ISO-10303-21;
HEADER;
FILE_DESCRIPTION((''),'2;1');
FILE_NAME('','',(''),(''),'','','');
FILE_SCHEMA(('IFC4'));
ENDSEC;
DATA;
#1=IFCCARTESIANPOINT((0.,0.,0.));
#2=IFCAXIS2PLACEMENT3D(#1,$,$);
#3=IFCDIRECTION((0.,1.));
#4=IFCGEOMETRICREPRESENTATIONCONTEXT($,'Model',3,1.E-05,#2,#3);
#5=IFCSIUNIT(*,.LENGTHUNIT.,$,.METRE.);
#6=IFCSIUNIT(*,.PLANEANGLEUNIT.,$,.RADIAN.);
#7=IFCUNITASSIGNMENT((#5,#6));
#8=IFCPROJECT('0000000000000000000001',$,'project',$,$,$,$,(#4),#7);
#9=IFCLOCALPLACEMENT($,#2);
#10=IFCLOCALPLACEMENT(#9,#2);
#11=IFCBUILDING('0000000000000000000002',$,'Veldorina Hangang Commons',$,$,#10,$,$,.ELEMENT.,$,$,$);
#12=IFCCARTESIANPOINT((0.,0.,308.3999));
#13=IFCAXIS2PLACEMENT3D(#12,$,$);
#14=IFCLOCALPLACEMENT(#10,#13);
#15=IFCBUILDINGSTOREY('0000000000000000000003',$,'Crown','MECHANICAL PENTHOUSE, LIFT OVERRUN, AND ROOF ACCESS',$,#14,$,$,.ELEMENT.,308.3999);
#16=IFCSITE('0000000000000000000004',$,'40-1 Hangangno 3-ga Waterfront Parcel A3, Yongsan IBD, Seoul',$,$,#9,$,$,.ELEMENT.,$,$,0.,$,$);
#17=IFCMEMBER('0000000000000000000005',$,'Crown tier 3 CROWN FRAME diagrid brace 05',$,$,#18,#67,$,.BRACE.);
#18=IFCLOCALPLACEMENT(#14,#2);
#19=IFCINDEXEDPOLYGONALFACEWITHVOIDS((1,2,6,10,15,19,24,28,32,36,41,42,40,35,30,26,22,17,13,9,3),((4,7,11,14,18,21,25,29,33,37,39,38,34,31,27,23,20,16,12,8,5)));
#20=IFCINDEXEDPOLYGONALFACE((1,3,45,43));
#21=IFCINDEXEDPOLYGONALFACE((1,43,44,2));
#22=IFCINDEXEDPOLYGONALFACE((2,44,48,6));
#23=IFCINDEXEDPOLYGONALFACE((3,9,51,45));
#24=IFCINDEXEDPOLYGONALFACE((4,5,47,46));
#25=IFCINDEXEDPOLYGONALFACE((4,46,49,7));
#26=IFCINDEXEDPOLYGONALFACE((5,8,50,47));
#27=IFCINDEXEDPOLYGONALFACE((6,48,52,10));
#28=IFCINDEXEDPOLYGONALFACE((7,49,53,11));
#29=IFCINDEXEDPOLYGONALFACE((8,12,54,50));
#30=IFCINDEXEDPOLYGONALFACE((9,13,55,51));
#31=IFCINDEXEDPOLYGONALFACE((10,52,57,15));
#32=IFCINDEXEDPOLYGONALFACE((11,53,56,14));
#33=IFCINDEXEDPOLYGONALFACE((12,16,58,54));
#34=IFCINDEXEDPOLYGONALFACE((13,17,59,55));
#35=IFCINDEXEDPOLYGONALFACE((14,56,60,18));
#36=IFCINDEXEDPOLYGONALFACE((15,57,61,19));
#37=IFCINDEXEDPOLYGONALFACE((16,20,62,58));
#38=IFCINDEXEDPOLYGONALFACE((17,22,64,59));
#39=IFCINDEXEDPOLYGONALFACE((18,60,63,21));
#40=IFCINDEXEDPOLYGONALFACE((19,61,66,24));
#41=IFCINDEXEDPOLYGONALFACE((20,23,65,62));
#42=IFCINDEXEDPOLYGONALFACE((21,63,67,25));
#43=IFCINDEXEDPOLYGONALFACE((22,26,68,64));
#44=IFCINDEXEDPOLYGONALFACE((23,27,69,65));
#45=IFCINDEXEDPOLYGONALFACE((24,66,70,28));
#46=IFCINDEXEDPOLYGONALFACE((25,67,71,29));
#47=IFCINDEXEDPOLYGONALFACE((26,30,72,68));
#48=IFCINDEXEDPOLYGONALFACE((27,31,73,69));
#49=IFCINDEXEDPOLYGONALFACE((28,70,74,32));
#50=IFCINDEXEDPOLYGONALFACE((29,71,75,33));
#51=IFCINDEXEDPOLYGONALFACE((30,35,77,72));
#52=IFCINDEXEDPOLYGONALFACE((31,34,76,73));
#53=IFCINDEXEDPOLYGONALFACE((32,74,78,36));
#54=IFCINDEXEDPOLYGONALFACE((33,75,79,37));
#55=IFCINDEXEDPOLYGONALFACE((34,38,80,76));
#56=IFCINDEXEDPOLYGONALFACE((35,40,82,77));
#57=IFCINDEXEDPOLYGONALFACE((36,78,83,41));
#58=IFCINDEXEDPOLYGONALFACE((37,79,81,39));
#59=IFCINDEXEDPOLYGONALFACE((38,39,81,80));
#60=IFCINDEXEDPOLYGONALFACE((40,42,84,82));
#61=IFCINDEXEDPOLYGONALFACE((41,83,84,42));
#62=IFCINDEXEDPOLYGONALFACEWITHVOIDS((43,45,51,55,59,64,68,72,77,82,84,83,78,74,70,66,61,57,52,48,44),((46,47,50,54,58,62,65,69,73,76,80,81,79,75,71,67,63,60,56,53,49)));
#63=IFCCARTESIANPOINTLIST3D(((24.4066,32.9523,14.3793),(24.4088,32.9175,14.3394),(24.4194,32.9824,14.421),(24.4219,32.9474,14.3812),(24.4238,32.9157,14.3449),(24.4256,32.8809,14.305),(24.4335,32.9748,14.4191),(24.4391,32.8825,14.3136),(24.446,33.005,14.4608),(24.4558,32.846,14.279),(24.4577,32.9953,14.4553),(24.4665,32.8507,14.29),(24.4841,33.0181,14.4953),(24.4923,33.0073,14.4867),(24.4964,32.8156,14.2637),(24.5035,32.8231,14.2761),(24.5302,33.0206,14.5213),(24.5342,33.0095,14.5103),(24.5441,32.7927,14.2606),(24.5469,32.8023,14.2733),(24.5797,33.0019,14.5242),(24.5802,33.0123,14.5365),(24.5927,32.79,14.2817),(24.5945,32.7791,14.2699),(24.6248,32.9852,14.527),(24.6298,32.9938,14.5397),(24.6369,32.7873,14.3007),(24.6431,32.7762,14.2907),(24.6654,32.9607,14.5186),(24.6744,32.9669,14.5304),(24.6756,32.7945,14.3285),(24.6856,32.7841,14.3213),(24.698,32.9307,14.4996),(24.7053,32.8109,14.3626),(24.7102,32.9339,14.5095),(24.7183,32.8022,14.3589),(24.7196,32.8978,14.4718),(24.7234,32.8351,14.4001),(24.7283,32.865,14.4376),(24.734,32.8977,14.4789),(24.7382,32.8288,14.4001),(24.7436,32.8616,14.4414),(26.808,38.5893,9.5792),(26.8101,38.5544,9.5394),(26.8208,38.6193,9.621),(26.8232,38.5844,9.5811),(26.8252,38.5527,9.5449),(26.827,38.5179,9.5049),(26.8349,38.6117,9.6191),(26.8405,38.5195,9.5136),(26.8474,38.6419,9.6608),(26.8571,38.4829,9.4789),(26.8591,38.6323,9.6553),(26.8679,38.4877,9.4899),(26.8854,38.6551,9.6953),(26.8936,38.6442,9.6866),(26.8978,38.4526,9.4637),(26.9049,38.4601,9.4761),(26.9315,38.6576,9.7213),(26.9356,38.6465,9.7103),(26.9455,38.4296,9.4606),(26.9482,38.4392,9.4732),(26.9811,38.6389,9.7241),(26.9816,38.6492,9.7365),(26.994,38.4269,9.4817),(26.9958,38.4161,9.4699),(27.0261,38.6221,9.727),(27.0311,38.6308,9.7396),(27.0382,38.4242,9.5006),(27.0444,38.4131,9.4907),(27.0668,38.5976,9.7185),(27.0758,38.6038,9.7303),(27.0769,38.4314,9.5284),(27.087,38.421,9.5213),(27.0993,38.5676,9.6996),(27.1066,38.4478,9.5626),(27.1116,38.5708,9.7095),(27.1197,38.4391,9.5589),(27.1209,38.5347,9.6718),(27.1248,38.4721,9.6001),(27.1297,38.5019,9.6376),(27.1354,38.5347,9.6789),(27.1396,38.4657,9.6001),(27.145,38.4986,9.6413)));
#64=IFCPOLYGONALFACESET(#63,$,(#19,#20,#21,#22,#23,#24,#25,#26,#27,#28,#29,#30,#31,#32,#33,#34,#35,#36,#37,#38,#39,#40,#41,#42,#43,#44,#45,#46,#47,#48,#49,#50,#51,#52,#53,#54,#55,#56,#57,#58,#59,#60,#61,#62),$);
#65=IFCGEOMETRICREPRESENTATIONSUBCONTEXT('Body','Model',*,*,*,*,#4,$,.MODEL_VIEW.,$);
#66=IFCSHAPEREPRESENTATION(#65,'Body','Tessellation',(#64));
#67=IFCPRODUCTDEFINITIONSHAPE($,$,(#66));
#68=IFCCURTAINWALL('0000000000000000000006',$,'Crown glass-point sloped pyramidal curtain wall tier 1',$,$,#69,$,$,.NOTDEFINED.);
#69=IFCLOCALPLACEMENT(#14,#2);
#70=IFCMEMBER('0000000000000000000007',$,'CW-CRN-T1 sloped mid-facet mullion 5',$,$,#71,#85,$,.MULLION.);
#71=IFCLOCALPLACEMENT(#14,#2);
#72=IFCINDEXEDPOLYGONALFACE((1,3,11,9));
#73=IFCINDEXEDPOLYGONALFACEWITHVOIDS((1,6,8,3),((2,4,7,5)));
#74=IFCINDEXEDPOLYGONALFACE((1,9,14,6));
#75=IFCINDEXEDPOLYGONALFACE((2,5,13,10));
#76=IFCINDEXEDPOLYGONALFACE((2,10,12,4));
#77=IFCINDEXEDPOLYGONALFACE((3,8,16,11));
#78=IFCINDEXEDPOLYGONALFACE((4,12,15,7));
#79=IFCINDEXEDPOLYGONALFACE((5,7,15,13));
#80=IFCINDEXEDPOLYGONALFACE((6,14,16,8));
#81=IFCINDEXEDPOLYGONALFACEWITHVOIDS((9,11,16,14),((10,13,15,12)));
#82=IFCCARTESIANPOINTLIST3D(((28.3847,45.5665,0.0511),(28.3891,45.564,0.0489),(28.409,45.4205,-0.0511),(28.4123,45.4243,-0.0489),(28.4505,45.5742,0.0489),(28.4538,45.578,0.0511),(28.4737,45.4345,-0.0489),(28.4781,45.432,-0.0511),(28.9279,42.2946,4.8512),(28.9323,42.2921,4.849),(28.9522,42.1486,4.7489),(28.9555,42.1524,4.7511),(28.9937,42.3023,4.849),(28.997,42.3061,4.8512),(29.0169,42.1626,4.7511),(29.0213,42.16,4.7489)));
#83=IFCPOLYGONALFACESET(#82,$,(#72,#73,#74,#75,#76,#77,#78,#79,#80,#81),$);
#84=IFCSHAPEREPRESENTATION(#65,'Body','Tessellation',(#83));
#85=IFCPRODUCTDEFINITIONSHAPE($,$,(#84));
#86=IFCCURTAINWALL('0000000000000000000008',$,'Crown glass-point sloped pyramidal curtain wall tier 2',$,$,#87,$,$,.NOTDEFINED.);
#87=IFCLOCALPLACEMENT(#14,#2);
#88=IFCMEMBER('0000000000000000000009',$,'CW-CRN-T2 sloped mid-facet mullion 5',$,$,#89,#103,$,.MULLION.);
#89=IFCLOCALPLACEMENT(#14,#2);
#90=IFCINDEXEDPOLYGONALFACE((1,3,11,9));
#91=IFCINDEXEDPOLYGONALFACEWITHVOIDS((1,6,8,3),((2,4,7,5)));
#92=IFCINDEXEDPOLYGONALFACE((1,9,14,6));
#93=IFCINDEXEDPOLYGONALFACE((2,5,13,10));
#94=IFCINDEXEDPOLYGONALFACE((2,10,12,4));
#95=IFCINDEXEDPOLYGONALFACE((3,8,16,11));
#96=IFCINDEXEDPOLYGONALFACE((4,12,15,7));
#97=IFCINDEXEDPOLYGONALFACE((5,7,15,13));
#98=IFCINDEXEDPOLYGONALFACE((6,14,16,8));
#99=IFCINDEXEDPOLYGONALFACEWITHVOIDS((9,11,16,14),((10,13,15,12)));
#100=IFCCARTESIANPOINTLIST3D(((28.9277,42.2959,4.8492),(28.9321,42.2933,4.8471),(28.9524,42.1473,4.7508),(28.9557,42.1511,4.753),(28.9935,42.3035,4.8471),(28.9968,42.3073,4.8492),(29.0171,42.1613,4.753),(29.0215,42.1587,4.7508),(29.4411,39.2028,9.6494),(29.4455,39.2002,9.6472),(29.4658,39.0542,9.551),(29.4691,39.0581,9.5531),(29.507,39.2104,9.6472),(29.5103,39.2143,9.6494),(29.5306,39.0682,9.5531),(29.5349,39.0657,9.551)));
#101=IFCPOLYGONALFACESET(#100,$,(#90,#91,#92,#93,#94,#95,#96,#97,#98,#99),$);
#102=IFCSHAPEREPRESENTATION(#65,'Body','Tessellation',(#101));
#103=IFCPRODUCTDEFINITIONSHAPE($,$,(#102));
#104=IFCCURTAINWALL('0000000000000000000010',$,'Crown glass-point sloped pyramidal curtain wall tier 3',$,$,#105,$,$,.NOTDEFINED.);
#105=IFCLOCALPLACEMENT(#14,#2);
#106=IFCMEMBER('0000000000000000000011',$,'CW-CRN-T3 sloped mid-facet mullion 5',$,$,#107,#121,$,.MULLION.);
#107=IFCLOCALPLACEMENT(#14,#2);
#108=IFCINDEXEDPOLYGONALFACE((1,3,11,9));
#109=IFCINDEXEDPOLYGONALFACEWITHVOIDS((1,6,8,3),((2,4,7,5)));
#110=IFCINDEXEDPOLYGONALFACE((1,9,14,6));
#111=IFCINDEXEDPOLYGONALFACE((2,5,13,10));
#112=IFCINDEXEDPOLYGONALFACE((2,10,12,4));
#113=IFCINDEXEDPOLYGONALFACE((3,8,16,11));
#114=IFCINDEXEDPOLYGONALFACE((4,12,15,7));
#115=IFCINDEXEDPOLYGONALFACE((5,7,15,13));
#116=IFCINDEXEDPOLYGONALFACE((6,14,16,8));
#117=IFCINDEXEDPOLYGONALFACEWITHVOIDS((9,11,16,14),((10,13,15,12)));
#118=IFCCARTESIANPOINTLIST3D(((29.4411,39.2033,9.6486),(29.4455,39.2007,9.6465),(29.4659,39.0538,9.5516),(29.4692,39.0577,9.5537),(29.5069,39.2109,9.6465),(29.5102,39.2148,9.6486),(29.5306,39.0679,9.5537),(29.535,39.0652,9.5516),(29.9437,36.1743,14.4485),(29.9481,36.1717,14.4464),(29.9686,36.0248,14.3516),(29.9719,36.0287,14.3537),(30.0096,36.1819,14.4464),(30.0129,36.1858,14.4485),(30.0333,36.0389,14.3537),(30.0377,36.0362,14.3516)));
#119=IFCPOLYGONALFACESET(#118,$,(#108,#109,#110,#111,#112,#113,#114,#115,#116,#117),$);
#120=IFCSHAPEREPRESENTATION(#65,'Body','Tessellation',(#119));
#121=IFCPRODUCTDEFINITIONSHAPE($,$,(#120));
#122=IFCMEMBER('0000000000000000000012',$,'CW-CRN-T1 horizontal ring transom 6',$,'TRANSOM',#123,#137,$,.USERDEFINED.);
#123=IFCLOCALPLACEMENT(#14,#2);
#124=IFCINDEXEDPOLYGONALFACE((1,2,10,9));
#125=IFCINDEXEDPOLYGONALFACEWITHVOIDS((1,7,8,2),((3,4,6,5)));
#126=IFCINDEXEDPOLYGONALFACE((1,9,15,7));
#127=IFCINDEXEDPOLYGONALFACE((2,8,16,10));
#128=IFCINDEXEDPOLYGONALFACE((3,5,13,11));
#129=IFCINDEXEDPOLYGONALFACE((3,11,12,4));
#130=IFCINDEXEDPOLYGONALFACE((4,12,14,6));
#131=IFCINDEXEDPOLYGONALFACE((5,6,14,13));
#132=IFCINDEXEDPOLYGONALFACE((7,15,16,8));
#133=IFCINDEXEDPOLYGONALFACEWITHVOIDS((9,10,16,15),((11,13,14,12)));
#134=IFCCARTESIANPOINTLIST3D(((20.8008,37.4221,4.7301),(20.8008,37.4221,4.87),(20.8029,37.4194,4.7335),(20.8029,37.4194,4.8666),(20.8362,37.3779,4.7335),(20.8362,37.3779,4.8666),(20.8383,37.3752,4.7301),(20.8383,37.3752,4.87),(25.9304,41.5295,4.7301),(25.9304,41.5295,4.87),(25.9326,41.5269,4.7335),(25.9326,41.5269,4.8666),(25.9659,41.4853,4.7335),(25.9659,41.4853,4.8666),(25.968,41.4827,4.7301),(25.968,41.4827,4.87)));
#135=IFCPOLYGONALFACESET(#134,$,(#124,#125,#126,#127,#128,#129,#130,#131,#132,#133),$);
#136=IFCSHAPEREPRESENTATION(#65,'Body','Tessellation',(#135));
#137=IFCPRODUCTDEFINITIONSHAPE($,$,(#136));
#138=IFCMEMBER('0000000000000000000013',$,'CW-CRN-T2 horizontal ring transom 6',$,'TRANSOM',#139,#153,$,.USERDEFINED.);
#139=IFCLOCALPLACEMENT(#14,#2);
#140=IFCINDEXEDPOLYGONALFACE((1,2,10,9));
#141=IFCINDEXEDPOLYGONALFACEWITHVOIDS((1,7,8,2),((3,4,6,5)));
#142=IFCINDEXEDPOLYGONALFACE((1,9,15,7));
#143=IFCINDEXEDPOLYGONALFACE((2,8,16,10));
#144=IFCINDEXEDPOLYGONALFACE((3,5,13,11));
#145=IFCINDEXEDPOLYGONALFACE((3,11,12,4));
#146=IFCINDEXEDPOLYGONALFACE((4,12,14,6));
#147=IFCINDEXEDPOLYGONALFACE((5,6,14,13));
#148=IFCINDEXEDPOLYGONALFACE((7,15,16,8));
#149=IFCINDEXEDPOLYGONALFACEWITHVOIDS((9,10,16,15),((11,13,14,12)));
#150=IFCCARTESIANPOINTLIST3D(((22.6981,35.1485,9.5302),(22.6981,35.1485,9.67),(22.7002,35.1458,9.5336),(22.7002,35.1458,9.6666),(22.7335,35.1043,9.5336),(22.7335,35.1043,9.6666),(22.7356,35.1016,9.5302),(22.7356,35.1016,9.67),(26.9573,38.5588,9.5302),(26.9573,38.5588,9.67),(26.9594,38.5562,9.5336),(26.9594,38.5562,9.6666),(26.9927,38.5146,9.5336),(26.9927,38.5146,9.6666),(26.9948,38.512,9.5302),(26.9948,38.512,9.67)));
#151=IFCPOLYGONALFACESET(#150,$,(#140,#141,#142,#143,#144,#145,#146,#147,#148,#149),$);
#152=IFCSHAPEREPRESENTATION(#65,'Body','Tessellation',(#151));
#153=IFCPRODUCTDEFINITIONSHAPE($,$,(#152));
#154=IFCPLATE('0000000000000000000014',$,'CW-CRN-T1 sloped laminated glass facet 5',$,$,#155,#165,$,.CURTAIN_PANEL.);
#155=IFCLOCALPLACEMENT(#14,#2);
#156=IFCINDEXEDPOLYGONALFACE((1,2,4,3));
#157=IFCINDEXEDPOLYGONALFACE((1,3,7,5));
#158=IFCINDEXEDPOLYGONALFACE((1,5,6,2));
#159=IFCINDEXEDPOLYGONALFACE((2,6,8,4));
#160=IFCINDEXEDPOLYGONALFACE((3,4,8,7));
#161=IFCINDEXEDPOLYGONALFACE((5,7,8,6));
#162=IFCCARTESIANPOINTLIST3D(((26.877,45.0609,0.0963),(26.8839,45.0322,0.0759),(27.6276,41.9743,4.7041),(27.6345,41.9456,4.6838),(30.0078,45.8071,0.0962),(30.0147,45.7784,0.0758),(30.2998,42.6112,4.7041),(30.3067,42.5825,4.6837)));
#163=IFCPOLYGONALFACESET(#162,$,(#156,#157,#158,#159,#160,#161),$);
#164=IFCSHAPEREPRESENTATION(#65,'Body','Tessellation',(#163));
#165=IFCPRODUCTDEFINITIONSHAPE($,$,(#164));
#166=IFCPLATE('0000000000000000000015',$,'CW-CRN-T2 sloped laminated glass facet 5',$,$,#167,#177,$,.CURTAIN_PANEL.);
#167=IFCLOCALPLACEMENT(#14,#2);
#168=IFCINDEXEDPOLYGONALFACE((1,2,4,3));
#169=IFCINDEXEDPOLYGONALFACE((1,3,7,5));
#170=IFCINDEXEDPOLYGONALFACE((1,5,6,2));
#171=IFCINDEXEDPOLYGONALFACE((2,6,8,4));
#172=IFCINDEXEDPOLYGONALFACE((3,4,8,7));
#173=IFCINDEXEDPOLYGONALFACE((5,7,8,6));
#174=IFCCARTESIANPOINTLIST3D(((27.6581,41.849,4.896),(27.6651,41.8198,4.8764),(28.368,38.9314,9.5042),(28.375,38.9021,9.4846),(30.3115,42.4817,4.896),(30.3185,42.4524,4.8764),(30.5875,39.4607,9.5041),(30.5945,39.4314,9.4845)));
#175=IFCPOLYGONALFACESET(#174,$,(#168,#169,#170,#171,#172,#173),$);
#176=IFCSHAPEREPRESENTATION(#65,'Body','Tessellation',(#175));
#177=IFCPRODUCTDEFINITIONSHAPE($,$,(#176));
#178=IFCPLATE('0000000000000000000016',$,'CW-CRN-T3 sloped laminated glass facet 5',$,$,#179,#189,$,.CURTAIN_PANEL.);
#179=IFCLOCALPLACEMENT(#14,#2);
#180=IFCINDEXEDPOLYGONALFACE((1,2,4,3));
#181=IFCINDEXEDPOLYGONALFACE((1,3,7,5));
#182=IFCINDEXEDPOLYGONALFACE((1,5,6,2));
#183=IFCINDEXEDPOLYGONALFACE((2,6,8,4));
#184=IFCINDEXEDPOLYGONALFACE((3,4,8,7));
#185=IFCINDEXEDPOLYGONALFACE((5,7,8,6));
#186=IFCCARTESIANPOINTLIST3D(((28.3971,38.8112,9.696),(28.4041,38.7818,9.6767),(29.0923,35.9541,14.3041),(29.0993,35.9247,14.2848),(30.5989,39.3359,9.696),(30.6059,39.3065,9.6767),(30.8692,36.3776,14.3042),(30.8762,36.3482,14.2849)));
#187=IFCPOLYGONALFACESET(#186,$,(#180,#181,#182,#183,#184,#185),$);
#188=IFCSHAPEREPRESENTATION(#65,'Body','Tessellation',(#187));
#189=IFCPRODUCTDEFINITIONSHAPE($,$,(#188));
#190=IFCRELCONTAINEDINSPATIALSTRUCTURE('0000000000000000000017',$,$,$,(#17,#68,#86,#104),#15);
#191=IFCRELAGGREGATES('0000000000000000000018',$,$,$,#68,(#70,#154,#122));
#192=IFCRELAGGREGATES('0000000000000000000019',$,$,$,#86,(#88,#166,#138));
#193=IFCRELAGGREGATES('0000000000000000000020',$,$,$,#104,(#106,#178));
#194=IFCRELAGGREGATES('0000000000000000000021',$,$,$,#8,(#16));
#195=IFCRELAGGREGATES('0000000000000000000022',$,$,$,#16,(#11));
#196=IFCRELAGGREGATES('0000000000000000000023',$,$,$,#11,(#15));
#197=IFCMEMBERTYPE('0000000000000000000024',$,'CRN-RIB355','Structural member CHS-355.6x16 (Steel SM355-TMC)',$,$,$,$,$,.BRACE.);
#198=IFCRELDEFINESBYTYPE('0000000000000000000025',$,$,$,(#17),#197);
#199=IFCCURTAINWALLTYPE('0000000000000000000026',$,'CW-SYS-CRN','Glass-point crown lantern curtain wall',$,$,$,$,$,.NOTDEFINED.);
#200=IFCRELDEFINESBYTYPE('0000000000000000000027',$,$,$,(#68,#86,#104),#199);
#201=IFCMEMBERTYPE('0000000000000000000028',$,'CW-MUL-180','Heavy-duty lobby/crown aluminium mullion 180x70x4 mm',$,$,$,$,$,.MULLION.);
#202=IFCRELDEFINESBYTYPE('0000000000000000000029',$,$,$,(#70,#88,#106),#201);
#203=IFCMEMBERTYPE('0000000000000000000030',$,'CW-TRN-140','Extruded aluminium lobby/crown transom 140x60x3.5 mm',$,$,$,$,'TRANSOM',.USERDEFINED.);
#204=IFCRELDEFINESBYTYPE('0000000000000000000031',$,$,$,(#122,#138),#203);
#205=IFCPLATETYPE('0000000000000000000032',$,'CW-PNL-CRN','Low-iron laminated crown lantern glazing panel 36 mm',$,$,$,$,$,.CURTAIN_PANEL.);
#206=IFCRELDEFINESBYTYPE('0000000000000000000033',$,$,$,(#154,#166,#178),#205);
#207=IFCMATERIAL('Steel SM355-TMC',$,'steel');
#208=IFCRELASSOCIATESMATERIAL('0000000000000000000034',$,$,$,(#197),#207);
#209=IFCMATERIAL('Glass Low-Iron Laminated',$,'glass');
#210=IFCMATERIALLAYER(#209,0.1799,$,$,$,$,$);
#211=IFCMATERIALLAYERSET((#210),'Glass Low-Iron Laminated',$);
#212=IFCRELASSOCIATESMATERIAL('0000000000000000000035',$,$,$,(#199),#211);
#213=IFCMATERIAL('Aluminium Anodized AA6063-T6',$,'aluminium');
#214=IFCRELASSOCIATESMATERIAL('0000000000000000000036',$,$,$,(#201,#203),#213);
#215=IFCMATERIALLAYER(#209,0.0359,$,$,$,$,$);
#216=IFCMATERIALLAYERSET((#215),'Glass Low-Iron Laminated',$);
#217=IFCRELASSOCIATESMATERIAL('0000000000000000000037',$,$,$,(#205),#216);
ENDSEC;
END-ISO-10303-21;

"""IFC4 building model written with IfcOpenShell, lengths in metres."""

from ifc_helpers import new_model, si_unit, direction, frame, origin, origin_2d, place, context, subcontext, project, spatial, polyline, hollow_rectangle, hollow_circle, outline, extrude, material, layer, layer_set, material_profile, profile_set, type_object, element, aggregate, save


model = new_model("IFC4")

# Units and contexts
model_context = context("Model", 3, precision=1e-05, world=origin(), true_north=direction((0.0, 1.0)))
body_context = subcontext(model_context, "Body", "Model", "MODEL_VIEW")
ifc_project = project(units=[si_unit("LENGTHUNIT", "METRE"), si_unit("PLANEANGLEUNIT", "RADIAN")], contexts=[model_context])

# Site, building, storey
site_placement = place(None, origin())
site = spatial("IfcSite", under=ifc_project, at=site_placement, Name="40-1 Hangangno 3-ga Waterfront Parcel A3, Yongsan IBD, Seoul", CompositionType="ELEMENT", RefElevation=0.0)
building_placement = place(site_placement, origin())
building = spatial("IfcBuilding", under=site, at=building_placement, Name="Veldorina Hangang Commons", CompositionType="ELEMENT")
storey_placement = place(building_placement, frame((0.0, 0.0, 308.3999)))
storey = spatial("IfcBuildingStorey", under=building, at=storey_placement, Name="Crown", Description="MECHANICAL PENTHOUSE, LIFT OVERRUN, AND ROOF ACCESS", CompositionType="ELEMENT", Elevation=308.3999)

# Member
ifc_material_1 = material(Name="Steel SM355-TMC", Category="steel")
ifc_material_profile_1 = material_profile(ifc_material_1, hollow_circle(Radius=0.1777, WallThickness=0.0161, at=origin_2d()), Name="CHS-355.6x16")
ifc_profile_set_1 = profile_set([ifc_material_profile_1], Name="Steel SM355-TMC")
member_type_1 = type_object("IfcMemberType", Name="CRN-RIB355", Description="Structural member CHS-355.6x16 (Steel SM355-TMC)", PredefinedType="BRACE", material=ifc_profile_set_1)
member_1_placement = place(storey_placement, frame((26.9761, 38.5354, 9.6001), z_axis=(-0.308521, -0.724222, 0.616698), x_axis=(0.919998, -0.391923, 0.0)))
element("IfcMember", 1, at=member_1_placement, inside=storey, type_object=member_type_1, Name="Crown tier 3 CROWN FRAME diagrid brace 05", PredefinedType="BRACE", context=body_context, shape_type="SweptSolid", body=[
    extrude(hollow_circle(Radius=0.1777, WallThickness=0.0161, at=origin_2d()), origin(), (0.0, 0.0, 1.0), 7.7834),
])

# Curtain walls, members
ifc_material_2 = material(Name="Glass Low-Iron Laminated", Category="glass")
ifc_layer_1 = layer(ifc_material_2, 0.1799)
ifc_layer_set_1 = layer_set([ifc_layer_1], Name="Glass Low-Iron Laminated")
curtain_wall_type = type_object("IfcCurtainWallType", Name="CW-SYS-CRN", Description="Glass-point crown lantern curtain wall", PredefinedType="NOTDEFINED", material=ifc_layer_set_1)
curtain_wall_1_placement = place(storey_placement, origin())
curtain_wall_1 = element("IfcCurtainWall", 2, at=curtain_wall_1_placement, inside=storey, type_object=curtain_wall_type, Name="Crown glass-point sloped pyramidal curtain wall tier 1", PredefinedType="NOTDEFINED")
ifc_material_3 = material(Name="Aluminium Anodized AA6063-T6", Category="aluminium")
ifc_material_profile_2 = material_profile(ifc_material_3, hollow_rectangle(XDim=0.0701, YDim=0.1799, WallThickness=0.0039, at=origin_2d()), Name="ALU-RHS-180x70x4")
ifc_profile_set_2 = profile_set([ifc_material_profile_2], Name="Aluminium Anodized AA6063-T6")
member_type_2 = type_object("IfcMemberType", Name="CW-MUL-180", Description="Heavy-duty lobby/crown aluminium mullion 180x70x4 mm", PredefinedType="MULLION", material=ifc_profile_set_2)
member_2_placement = place(storey_placement, frame((28.4314, 45.4993, 0.0), z_axis=(0.093104, -0.560798, 0.822701), x_axis=(0.986497, 0.163778, 0.0)))
member_2 = element("IfcMember", 3, at=member_2_placement, type_object=member_type_2, Name="CW-CRN-T1 sloped mid-facet mullion 5", PredefinedType="MULLION", context=body_context, shape_type="SweptSolid", body=[
    extrude(hollow_rectangle(XDim=0.0701, YDim=0.1799, WallThickness=0.0039, at=origin_2d()), origin(), (0.0, 0.0, 1.0), 5.8345),
])
curtain_wall_2_placement = place(storey_placement, origin())
curtain_wall_2 = element("IfcCurtainWall", 4, at=curtain_wall_2_placement, inside=storey, type_object=curtain_wall_type, Name="Crown glass-point sloped pyramidal curtain wall tier 2", PredefinedType="NOTDEFINED")
member_3_placement = place(storey_placement, frame((28.9746, 42.2273, 4.8), z_axis=(0.089552, -0.539482, 0.837221), x_axis=(0.986501, 0.163755, 0.0)))
member_3 = element("IfcMember", 5, at=member_3_placement, type_object=member_type_2, Name="CW-CRN-T2 sloped mid-facet mullion 5", PredefinedType="MULLION", context=body_context, shape_type="SweptSolid", body=[
    extrude(hollow_rectangle(XDim=0.0701, YDim=0.1799, WallThickness=0.0039, at=origin_2d()), origin(), (0.0, 0.0, 1.0), 5.7334),
])
curtain_wall_3_placement = place(storey_placement, origin())
curtain_wall_3 = element("IfcCurtainWall", 6, at=curtain_wall_3_placement, inside=storey, type_object=curtain_wall_type, Name="Crown glass-point sloped pyramidal curtain wall tier 3", PredefinedType="NOTDEFINED")
member_4_placement = place(storey_placement, frame((29.488, 39.1343, 9.6001), z_axis=(0.08822, -0.53159, 0.842395), x_axis=(0.986508, 0.163716, 0.0)))
member_4 = element("IfcMember", 7, at=member_4_placement, type_object=member_type_2, Name="CW-CRN-T3 sloped mid-facet mullion 5", PredefinedType="MULLION", context=body_context, shape_type="SweptSolid", body=[
    extrude(hollow_rectangle(XDim=0.0701, YDim=0.1799, WallThickness=0.0039, at=origin_2d()), origin(), (0.0, 0.0, 1.0), 5.698),
])

# Members
ifc_material_profile_3 = material_profile(ifc_material_3, hollow_rectangle(XDim=0.0601, YDim=0.1399, WallThickness=0.0034, at=origin_2d()), Name="ALU-RHS-140x60x3.5")
ifc_profile_set_3 = profile_set([ifc_material_profile_3], Name="Aluminium Anodized AA6063-T6")
member_type_3 = type_object("IfcMemberType", Name="CW-TRN-140", Description="Extruded aluminium lobby/crown transom 140x60x3.5 mm", ElementType="TRANSOM", PredefinedType="USERDEFINED", material=ifc_profile_set_3)
member_5_placement = place(storey_placement, frame((25.9492, 41.5061, 4.8), z_axis=(-0.780593, -0.625039, 0.0), x_axis=(0.625039, -0.780593, 0.0)))
member_5 = element("IfcMember", 8, at=member_5_placement, type_object=member_type_3, Name="CW-CRN-T1 horizontal ring transom 6", ObjectType="TRANSOM", PredefinedType="USERDEFINED", context=body_context, shape_type="SweptSolid", body=[
    extrude(hollow_rectangle(XDim=0.0601, YDim=0.1399, WallThickness=0.0034, at=origin_2d()), origin(), (0.0, 0.0, 1.0), 6.5715),
])
member_6_placement = place(storey_placement, frame((26.9761, 38.5354, 9.6001), z_axis=(-0.780602, -0.625028, 0.0), x_axis=(0.625028, -0.780602, 0.0)))
member_6 = element("IfcMember", 9, at=member_6_placement, type_object=member_type_3, Name="CW-CRN-T2 horizontal ring transom 6", ObjectType="TRANSOM", PredefinedType="USERDEFINED", context=body_context, shape_type="SweptSolid", body=[
    extrude(hollow_rectangle(XDim=0.0601, YDim=0.1399, WallThickness=0.0034, at=origin_2d()), origin(), (0.0, 0.0, 1.0), 5.4563),
])

# Plates
ifc_layer_2 = layer(ifc_material_2, 0.0359)
ifc_layer_set_2 = layer_set([ifc_layer_2], Name="Glass Low-Iron Laminated")
plate_type_1 = type_object("IfcPlateType", Name="CW-PNL-CRN", Description="Low-iron laminated crown lantern glazing panel 36 mm", PredefinedType="CURTAIN_PANEL", material=ifc_layer_set_2)
plate_1_placement = place(storey_placement, frame((30.0078, 45.8071, 0.0962), z_axis=(-0.190881, 0.800893, 0.56757), x_axis=(-0.97275, -0.231855, 0.00002)))
plate_1 = element("IfcPlate", 10, at=plate_1_placement, type_object=plate_type_1, Name="CW-CRN-T1 sloped laminated glass facet 5", PredefinedType="CURTAIN_PANEL", context=body_context, shape_type="SweptSolid", body=[
    extrude(outline(polyline([(0.0, 0.0), (3.2185, 0.0), (3.2041, 5.5967), (0.457, 5.5967), (0.0, 0.0)])), origin(), (0.0, 0.0, -1.0), 0.0359),
])
aggregate(curtain_wall_1, [member_2, plate_1, member_5])
plate_2_placement = place(storey_placement, frame((30.3115, 42.4817, 4.896), z_axis=(-0.194323, 0.814983, 0.545932), x_axis=(-0.972733, -0.231928, -0.000014)))
plate_2 = element("IfcPlate", 11, at=plate_2_placement, type_object=plate_type_1, Name="CW-CRN-T2 sloped laminated glass facet 5", PredefinedType="CURTAIN_PANEL", context=body_context, shape_type="SweptSolid", body=[
    extrude(outline(polyline([(0.0, 0.0), (2.7278, 0.0), (2.7139, 5.5002), (0.4321, 5.5), (0.0, 0.0)])), origin(), (0.0, 0.0, -1.0), 0.0359),
])
aggregate(curtain_wall_2, [member_3, plate_2, member_6])
plate_3_placement = place(storey_placement, frame((30.5989, 39.3359, 9.696), z_axis=(-0.195447, 0.820034, 0.537908), x_axis=(-0.972755, -0.231836, -0.000017)))
plate_3 = element("IfcPlate", 12, at=plate_3_placement, type_object=plate_type_1, Name="CW-CRN-T3 sloped laminated glass facet 5", PredefinedType="CURTAIN_PANEL", context=body_context, shape_type="SweptSolid", body=[
    extrude(outline(polyline([(0.0, 0.0), (2.2634, 0.0), (2.2495, 5.4663), (0.4229, 5.4663), (0.0, 0.0)])), origin(), (0.0, 0.0, -1.0), 0.0359),
])
aggregate(curtain_wall_3, [member_4, plate_3])

save(model, "model.ifc")
